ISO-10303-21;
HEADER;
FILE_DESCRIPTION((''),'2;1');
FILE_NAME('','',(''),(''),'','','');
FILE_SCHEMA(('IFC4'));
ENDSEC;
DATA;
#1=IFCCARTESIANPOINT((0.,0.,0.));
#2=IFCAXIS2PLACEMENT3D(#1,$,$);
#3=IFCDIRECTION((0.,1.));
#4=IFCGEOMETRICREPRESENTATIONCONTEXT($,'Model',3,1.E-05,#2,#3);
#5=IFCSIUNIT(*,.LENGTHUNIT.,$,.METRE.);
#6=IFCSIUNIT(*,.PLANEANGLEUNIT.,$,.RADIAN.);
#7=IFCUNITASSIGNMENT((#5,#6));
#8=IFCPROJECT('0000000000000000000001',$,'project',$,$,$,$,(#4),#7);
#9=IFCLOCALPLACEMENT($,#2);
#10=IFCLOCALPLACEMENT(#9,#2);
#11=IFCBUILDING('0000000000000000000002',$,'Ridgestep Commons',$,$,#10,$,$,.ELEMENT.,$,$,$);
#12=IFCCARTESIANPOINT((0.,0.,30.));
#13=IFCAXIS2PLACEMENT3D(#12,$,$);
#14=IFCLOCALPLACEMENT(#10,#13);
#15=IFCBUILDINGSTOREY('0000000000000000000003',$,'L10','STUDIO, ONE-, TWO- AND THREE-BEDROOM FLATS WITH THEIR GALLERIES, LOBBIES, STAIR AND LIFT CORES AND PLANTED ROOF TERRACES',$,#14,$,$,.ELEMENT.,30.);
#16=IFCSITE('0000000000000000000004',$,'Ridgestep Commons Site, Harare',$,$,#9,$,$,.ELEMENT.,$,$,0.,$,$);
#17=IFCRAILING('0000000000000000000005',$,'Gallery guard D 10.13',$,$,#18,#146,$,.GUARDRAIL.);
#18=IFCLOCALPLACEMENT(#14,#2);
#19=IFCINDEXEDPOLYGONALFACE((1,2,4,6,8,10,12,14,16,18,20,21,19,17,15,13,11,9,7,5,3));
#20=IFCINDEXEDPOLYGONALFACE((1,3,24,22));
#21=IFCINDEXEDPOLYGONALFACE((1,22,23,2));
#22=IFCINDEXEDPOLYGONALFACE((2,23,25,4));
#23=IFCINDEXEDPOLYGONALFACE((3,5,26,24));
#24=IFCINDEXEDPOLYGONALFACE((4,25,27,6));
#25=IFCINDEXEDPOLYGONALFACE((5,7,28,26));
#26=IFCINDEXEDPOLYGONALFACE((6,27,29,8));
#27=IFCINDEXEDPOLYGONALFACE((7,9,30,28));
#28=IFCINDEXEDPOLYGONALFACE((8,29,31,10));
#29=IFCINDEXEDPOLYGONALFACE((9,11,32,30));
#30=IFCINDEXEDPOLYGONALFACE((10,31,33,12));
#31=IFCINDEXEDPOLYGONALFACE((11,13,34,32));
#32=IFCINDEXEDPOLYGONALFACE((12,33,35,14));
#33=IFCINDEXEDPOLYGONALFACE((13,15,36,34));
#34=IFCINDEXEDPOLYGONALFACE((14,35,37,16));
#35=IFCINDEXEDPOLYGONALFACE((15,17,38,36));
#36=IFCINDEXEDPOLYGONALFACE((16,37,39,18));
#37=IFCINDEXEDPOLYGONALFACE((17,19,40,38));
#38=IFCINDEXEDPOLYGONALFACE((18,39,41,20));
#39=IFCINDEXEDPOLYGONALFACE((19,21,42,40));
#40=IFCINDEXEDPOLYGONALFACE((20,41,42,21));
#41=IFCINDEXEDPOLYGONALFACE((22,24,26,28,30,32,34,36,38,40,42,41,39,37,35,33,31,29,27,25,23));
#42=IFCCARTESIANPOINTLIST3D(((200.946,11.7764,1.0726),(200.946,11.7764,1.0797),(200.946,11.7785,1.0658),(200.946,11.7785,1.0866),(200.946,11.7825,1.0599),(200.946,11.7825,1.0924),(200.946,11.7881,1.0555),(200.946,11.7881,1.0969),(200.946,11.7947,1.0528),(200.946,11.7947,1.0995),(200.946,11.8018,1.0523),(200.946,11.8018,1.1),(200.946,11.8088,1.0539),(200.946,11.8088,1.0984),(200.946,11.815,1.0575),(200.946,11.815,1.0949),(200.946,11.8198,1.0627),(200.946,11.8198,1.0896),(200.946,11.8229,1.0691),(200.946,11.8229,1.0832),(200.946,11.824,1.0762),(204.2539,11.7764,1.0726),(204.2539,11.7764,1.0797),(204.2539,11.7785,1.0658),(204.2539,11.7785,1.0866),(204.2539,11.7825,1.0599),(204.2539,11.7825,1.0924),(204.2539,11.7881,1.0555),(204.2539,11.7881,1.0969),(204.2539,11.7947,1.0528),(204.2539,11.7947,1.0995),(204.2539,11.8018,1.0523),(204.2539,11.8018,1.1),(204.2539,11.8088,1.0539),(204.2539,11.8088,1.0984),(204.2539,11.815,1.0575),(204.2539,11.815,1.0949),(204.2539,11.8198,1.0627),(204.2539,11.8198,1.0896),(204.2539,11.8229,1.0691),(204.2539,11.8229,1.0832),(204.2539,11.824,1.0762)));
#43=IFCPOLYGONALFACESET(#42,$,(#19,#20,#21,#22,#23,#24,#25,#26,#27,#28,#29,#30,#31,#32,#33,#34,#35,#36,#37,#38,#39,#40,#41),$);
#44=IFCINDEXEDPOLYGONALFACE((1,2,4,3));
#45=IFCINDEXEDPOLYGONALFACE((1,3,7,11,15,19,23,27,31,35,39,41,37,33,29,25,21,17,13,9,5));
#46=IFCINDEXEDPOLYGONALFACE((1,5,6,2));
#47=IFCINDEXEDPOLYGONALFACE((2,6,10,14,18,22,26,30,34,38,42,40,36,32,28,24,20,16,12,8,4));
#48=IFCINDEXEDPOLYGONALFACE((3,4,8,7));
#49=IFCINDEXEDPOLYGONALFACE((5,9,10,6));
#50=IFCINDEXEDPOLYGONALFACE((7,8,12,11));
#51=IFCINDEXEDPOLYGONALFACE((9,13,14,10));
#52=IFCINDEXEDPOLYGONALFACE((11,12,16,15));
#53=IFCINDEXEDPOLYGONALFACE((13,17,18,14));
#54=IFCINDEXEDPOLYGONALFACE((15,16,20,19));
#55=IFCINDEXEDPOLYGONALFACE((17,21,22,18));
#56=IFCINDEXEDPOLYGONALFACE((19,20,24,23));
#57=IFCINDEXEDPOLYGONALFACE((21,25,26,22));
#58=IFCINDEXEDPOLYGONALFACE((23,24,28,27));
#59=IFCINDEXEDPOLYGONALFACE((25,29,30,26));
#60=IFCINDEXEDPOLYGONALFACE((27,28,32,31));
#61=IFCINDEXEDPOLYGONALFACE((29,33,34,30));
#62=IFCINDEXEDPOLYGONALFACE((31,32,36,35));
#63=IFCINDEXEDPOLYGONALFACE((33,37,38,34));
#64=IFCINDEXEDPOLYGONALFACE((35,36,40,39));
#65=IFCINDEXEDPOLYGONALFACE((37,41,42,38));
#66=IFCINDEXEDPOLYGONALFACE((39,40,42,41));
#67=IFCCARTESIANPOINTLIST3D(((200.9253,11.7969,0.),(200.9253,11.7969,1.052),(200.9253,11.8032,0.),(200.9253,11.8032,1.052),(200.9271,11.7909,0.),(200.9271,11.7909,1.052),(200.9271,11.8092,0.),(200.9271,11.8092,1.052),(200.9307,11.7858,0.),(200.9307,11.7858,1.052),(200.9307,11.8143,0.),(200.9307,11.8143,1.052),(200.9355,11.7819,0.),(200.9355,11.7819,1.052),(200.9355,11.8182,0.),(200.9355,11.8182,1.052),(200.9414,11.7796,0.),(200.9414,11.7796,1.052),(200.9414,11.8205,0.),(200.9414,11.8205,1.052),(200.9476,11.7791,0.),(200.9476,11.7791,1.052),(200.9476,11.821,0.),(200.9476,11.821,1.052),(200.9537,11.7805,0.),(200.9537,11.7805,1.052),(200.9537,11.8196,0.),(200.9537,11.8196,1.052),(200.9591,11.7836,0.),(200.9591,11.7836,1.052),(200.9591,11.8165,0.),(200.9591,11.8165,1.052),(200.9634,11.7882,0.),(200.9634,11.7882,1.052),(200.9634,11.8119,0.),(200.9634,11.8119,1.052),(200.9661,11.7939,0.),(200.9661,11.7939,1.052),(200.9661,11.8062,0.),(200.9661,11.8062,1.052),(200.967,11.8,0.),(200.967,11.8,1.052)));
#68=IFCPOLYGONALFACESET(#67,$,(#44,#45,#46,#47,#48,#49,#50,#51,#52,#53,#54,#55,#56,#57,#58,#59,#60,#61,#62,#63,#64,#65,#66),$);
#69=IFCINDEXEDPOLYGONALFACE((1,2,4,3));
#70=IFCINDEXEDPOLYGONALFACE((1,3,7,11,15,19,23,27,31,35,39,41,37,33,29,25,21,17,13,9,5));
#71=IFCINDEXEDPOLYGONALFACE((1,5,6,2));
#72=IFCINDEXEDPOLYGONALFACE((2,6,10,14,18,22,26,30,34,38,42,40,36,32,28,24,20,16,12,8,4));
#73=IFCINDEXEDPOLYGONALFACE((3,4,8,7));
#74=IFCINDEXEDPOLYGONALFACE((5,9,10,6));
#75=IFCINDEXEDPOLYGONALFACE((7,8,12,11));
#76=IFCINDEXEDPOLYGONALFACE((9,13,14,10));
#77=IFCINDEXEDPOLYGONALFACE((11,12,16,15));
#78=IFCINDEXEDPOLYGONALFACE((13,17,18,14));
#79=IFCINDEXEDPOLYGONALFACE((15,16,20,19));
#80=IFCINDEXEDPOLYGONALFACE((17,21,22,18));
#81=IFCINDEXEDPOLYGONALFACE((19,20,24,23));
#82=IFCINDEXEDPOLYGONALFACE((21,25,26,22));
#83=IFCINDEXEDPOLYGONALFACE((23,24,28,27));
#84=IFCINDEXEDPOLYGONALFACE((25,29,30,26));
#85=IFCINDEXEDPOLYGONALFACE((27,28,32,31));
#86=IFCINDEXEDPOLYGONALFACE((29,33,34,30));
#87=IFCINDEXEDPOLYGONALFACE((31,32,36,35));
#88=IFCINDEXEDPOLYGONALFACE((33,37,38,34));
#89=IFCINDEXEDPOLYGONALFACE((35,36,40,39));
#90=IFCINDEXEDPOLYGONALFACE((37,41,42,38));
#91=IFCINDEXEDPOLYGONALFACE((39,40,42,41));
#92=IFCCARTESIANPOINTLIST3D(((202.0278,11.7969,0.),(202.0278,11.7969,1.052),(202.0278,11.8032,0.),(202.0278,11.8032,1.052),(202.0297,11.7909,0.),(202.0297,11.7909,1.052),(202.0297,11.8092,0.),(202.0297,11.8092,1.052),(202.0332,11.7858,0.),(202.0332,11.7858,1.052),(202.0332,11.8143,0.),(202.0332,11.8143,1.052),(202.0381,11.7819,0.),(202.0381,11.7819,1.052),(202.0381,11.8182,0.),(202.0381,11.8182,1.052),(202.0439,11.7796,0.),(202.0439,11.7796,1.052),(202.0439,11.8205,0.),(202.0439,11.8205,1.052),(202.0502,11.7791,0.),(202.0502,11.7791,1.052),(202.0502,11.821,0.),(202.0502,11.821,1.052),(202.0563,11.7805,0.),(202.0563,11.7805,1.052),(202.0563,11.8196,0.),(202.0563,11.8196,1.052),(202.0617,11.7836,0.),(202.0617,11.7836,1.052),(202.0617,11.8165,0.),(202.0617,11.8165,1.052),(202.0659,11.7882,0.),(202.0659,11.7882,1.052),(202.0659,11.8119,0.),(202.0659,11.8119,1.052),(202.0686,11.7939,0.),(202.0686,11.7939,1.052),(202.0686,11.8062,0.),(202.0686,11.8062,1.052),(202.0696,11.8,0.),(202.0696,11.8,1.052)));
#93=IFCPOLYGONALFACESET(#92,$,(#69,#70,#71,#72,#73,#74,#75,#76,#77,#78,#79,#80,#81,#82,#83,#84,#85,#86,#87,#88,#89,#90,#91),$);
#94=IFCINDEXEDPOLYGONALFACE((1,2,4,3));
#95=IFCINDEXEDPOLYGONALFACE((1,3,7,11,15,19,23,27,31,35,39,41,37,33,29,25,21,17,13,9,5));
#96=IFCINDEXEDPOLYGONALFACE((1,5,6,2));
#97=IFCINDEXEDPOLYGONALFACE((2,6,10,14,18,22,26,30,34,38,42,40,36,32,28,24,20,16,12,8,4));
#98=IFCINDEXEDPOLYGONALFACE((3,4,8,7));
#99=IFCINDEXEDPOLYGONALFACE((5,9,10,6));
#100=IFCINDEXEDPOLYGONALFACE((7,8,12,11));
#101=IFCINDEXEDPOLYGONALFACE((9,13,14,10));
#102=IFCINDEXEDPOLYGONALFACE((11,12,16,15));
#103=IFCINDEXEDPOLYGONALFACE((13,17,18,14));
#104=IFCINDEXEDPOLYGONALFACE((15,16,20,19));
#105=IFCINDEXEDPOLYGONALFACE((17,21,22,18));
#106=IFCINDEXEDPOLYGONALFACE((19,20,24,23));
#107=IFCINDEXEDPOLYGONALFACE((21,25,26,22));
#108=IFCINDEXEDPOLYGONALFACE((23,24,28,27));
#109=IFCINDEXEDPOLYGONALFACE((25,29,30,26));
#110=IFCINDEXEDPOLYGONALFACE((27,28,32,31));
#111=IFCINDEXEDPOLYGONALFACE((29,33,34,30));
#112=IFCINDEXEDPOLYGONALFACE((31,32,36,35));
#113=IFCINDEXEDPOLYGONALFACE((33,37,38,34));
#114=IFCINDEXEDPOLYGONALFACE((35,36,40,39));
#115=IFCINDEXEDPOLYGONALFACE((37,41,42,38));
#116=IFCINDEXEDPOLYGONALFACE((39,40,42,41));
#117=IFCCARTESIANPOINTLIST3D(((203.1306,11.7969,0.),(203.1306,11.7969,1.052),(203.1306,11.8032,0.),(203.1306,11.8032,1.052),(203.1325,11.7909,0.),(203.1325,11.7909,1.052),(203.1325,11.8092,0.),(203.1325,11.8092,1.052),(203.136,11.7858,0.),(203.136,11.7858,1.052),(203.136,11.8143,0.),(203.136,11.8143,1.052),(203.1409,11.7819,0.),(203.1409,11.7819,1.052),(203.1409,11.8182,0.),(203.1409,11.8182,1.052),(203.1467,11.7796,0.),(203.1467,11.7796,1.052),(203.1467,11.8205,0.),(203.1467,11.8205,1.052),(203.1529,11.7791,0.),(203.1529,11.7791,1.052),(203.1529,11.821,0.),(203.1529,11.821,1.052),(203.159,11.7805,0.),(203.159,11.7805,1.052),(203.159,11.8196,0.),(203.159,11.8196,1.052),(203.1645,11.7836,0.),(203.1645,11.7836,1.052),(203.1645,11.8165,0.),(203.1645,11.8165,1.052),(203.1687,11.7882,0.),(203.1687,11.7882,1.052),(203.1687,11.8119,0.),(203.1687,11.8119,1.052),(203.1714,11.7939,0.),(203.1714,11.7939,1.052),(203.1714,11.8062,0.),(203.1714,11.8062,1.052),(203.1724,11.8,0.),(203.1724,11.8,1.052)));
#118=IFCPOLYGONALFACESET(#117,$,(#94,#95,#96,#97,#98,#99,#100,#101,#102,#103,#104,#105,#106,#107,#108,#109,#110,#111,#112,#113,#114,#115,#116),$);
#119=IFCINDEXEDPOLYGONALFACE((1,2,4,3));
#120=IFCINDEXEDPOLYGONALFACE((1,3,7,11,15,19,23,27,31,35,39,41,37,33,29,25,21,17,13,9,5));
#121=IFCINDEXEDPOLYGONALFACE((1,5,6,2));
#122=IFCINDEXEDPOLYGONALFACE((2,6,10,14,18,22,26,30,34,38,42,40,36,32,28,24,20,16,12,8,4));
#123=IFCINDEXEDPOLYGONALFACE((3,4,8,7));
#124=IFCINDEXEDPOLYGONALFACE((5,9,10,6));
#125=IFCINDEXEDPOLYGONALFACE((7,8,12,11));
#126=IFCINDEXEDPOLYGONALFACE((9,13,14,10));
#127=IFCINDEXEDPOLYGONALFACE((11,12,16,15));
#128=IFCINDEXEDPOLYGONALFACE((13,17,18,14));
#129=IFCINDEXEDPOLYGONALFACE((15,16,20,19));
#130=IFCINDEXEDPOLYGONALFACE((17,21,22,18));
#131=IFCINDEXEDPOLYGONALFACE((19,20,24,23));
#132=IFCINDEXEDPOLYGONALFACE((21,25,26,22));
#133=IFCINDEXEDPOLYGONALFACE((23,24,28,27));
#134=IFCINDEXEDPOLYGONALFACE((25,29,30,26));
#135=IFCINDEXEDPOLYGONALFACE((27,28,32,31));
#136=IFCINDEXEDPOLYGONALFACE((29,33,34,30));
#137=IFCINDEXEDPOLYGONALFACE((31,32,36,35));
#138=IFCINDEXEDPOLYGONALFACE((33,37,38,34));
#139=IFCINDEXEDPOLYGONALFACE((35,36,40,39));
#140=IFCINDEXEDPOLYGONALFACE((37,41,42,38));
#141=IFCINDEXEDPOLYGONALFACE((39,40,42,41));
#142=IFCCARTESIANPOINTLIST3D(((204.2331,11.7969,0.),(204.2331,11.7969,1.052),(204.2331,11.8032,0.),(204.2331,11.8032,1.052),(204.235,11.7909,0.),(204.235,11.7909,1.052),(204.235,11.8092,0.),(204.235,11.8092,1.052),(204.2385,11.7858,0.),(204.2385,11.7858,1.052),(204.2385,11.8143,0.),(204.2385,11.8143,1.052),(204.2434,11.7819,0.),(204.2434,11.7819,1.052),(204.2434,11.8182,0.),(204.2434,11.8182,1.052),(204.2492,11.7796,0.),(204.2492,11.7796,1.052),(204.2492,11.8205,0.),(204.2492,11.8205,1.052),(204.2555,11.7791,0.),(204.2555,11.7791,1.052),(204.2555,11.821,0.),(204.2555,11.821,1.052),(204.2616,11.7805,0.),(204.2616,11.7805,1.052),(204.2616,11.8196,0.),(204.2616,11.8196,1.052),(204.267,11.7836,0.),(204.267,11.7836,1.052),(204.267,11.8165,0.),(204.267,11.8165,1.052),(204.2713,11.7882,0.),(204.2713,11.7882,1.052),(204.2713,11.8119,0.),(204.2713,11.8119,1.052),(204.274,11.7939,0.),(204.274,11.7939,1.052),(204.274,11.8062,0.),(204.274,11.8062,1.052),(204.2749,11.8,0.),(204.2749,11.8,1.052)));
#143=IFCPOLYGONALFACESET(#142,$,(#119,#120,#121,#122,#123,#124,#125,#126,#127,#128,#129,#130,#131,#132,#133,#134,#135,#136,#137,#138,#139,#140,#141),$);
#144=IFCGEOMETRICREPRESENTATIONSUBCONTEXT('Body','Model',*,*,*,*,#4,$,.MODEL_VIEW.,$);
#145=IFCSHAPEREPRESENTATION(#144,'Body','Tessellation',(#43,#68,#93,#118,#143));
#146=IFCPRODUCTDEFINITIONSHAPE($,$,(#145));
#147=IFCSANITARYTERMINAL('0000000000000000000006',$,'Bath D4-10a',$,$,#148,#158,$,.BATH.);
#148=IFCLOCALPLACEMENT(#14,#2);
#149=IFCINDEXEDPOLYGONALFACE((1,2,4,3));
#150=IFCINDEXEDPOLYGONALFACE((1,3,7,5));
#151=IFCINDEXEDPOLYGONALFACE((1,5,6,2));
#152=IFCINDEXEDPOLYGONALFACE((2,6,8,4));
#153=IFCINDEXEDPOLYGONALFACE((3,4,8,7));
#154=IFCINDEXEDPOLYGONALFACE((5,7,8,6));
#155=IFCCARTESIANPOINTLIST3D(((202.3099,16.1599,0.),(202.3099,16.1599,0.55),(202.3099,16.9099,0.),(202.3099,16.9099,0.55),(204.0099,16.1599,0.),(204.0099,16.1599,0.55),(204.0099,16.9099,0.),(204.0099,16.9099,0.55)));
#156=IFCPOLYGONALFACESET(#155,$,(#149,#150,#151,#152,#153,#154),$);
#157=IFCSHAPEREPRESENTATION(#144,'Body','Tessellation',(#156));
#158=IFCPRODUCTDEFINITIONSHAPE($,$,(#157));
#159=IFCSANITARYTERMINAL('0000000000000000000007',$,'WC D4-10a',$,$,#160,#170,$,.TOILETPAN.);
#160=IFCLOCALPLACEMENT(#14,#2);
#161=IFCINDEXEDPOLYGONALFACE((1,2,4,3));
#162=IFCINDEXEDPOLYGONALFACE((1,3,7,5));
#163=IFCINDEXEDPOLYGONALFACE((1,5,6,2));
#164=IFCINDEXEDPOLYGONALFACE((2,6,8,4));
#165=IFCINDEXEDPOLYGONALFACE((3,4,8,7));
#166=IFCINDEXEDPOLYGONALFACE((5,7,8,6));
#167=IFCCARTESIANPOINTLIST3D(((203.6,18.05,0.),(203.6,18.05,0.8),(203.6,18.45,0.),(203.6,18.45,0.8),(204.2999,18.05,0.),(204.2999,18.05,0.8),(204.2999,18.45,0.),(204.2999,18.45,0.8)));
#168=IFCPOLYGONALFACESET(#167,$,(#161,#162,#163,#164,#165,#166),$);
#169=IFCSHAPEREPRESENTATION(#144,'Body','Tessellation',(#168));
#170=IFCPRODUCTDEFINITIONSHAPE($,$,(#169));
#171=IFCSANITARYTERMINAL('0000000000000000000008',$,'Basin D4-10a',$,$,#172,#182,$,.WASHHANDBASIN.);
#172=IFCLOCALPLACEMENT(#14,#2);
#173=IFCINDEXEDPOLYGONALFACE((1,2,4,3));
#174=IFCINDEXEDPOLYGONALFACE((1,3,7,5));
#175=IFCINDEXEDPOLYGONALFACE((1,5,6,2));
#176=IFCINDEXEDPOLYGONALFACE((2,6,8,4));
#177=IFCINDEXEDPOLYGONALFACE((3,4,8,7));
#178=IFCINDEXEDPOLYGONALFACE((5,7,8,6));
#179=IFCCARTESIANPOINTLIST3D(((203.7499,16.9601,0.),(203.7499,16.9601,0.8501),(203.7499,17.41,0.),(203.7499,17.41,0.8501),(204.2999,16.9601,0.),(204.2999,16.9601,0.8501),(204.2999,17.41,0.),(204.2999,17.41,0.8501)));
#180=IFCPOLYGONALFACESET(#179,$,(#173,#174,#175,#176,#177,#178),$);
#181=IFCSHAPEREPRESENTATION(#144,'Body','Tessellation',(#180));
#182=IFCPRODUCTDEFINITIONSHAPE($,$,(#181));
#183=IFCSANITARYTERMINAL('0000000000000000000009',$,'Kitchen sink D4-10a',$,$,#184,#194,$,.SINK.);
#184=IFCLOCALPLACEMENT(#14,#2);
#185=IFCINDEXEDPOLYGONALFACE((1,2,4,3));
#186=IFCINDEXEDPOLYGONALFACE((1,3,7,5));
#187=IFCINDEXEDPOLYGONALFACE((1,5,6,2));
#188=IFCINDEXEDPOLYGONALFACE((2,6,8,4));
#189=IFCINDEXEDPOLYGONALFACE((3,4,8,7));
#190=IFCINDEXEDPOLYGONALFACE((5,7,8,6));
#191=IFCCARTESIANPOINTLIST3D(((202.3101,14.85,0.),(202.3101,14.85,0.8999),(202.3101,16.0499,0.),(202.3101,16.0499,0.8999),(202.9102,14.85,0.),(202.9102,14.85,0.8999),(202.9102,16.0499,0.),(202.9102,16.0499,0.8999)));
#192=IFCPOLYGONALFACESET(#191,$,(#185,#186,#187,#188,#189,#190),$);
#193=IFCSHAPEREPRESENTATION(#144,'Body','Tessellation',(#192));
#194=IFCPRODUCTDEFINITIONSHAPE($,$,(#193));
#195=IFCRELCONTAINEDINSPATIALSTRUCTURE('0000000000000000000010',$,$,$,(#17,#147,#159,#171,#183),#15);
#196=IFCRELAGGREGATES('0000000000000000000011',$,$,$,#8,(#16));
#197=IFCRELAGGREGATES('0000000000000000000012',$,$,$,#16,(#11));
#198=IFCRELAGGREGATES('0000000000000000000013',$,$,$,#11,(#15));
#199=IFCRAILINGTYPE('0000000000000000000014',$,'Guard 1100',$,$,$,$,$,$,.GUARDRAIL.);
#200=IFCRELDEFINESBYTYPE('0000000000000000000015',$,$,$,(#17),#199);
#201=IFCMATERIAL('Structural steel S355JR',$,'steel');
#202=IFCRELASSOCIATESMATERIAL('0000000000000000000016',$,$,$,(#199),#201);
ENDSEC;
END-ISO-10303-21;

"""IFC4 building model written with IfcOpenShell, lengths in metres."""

from ifc_helpers import new_model, si_unit, direction, frame, origin, origin_2d, place, context, subcontext, project, spatial, rectangle, circle, extrude, material, type_object, element, save


model = new_model("IFC4")

# Units and contexts
model_context = context("Model", 3, precision=1e-05, world=origin(), true_north=direction((0.0, 1.0)))
body_context = subcontext(model_context, "Body", "Model", "MODEL_VIEW")
ifc_project = project(units=[si_unit("LENGTHUNIT", "METRE"), si_unit("PLANEANGLEUNIT", "RADIAN")], contexts=[model_context])

# Site, building, storey
site_placement = place(None, origin())
site = spatial("IfcSite", under=ifc_project, at=site_placement, Name="Ridgestep Commons Site, Harare", CompositionType="ELEMENT", RefElevation=0.0)
building_placement = place(site_placement, origin())
building = spatial("IfcBuilding", under=site, at=building_placement, Name="Ridgestep Commons", CompositionType="ELEMENT")
storey_placement = place(building_placement, frame((0.0, 0.0, 30.0)))
storey = spatial("IfcBuildingStorey", under=building, at=storey_placement, Name="L10", Description="STUDIO, ONE-, TWO- AND THREE-BEDROOM FLATS WITH THEIR GALLERIES, LOBBIES, STAIR AND LIFT CORES AND PLANTED ROOF TERRACES", CompositionType="ELEMENT", Elevation=30.0)

# Railing
ifc_material_1 = material(Name="Structural steel S355JR", Category="steel")
railing_type = type_object("IfcRailingType", Name="Guard 1100", PredefinedType="GUARDRAIL", material=ifc_material_1)
railing_placement = place(storey_placement, frame((200.946, 11.8, 0.0)))
element("IfcRailing", 1, at=railing_placement, inside=storey, type_object=railing_type, Name="Gallery guard D 10.13", PredefinedType="GUARDRAIL", context=body_context, shape_type="SweptSolid", body=[
    extrude(circle(Radius=0.0239, at=origin_2d()), frame((0.0, 0.0, 1.0762), z_axis=(1.0, 0.0, 0.0), x_axis=(0.0, 1.0, 0.0)), (0.0, 0.0, 1.0), 3.3079),
    extrude(circle(Radius=0.021, at=origin_2d()), origin(), (0.0, 0.0, 1.0), 1.052),
    extrude(circle(Radius=0.021, at=origin_2d()), frame((1.1025, 0.0, 0.0)), (0.0, 0.0, 1.0), 1.052),
    extrude(circle(Radius=0.021, at=origin_2d()), frame((2.2053, 0.0, 0.0)), (0.0, 0.0, 1.0), 1.052),
    extrude(circle(Radius=0.021, at=origin_2d()), frame((3.3079, 0.0, 0.0)), (0.0, 0.0, 1.0), 1.052),
])

# Sanitary terminals
sanitary_terminal_1_placement = place(storey_placement, frame((203.1599, 16.5349, 0.0), z_axis=(0.0, 0.0, 1.0), x_axis=(1.0, 0.0, 0.0)))
element("IfcSanitaryTerminal", 2, at=sanitary_terminal_1_placement, inside=storey, Name="Bath D4-10a", PredefinedType="BATH", context=body_context, shape_type="SweptSolid", body=[
    extrude(rectangle(XDim=1.7, YDim=0.75, at=origin_2d()), origin(), (0.0, 0.0, 1.0), 0.55),
])
sanitary_terminal_2_placement = place(storey_placement, frame((203.95, 18.25, 0.0), z_axis=(0.0, 0.0, 1.0), x_axis=(1.0, 0.0, 0.0)))
element("IfcSanitaryTerminal", 3, at=sanitary_terminal_2_placement, inside=storey, Name="WC D4-10a", PredefinedType="TOILETPAN", context=body_context, shape_type="SweptSolid", body=[
    extrude(rectangle(XDim=0.7, YDim=0.3999, at=origin_2d()), origin(), (0.0, 0.0, 1.0), 0.8),
])
sanitary_terminal_3_placement = place(storey_placement, frame((204.0249, 17.1851, 0.0), z_axis=(0.0, 0.0, 1.0), x_axis=(1.0, 0.0, 0.0)))
element("IfcSanitaryTerminal", 4, at=sanitary_terminal_3_placement, inside=storey, Name="Basin D4-10a", PredefinedType="WASHHANDBASIN", context=body_context, shape_type="SweptSolid", body=[
    extrude(rectangle(XDim=0.55, YDim=0.45, at=origin_2d()), origin(), (0.0, 0.0, 1.0), 0.8501),
])
sanitary_terminal_4_placement = place(storey_placement, frame((202.6101, 15.45, 0.0), z_axis=(0.0, 0.0, 1.0), x_axis=(1.0, 0.0, 0.0)))
element("IfcSanitaryTerminal", 5, at=sanitary_terminal_4_placement, inside=storey, Name="Kitchen sink D4-10a", PredefinedType="SINK", context=body_context, shape_type="SweptSolid", body=[
    extrude(rectangle(XDim=0.6001, YDim=1.2, at=origin_2d()), origin(), (0.0, 0.0, 1.0), 0.8999),
])

save(model, "model.ifc")
